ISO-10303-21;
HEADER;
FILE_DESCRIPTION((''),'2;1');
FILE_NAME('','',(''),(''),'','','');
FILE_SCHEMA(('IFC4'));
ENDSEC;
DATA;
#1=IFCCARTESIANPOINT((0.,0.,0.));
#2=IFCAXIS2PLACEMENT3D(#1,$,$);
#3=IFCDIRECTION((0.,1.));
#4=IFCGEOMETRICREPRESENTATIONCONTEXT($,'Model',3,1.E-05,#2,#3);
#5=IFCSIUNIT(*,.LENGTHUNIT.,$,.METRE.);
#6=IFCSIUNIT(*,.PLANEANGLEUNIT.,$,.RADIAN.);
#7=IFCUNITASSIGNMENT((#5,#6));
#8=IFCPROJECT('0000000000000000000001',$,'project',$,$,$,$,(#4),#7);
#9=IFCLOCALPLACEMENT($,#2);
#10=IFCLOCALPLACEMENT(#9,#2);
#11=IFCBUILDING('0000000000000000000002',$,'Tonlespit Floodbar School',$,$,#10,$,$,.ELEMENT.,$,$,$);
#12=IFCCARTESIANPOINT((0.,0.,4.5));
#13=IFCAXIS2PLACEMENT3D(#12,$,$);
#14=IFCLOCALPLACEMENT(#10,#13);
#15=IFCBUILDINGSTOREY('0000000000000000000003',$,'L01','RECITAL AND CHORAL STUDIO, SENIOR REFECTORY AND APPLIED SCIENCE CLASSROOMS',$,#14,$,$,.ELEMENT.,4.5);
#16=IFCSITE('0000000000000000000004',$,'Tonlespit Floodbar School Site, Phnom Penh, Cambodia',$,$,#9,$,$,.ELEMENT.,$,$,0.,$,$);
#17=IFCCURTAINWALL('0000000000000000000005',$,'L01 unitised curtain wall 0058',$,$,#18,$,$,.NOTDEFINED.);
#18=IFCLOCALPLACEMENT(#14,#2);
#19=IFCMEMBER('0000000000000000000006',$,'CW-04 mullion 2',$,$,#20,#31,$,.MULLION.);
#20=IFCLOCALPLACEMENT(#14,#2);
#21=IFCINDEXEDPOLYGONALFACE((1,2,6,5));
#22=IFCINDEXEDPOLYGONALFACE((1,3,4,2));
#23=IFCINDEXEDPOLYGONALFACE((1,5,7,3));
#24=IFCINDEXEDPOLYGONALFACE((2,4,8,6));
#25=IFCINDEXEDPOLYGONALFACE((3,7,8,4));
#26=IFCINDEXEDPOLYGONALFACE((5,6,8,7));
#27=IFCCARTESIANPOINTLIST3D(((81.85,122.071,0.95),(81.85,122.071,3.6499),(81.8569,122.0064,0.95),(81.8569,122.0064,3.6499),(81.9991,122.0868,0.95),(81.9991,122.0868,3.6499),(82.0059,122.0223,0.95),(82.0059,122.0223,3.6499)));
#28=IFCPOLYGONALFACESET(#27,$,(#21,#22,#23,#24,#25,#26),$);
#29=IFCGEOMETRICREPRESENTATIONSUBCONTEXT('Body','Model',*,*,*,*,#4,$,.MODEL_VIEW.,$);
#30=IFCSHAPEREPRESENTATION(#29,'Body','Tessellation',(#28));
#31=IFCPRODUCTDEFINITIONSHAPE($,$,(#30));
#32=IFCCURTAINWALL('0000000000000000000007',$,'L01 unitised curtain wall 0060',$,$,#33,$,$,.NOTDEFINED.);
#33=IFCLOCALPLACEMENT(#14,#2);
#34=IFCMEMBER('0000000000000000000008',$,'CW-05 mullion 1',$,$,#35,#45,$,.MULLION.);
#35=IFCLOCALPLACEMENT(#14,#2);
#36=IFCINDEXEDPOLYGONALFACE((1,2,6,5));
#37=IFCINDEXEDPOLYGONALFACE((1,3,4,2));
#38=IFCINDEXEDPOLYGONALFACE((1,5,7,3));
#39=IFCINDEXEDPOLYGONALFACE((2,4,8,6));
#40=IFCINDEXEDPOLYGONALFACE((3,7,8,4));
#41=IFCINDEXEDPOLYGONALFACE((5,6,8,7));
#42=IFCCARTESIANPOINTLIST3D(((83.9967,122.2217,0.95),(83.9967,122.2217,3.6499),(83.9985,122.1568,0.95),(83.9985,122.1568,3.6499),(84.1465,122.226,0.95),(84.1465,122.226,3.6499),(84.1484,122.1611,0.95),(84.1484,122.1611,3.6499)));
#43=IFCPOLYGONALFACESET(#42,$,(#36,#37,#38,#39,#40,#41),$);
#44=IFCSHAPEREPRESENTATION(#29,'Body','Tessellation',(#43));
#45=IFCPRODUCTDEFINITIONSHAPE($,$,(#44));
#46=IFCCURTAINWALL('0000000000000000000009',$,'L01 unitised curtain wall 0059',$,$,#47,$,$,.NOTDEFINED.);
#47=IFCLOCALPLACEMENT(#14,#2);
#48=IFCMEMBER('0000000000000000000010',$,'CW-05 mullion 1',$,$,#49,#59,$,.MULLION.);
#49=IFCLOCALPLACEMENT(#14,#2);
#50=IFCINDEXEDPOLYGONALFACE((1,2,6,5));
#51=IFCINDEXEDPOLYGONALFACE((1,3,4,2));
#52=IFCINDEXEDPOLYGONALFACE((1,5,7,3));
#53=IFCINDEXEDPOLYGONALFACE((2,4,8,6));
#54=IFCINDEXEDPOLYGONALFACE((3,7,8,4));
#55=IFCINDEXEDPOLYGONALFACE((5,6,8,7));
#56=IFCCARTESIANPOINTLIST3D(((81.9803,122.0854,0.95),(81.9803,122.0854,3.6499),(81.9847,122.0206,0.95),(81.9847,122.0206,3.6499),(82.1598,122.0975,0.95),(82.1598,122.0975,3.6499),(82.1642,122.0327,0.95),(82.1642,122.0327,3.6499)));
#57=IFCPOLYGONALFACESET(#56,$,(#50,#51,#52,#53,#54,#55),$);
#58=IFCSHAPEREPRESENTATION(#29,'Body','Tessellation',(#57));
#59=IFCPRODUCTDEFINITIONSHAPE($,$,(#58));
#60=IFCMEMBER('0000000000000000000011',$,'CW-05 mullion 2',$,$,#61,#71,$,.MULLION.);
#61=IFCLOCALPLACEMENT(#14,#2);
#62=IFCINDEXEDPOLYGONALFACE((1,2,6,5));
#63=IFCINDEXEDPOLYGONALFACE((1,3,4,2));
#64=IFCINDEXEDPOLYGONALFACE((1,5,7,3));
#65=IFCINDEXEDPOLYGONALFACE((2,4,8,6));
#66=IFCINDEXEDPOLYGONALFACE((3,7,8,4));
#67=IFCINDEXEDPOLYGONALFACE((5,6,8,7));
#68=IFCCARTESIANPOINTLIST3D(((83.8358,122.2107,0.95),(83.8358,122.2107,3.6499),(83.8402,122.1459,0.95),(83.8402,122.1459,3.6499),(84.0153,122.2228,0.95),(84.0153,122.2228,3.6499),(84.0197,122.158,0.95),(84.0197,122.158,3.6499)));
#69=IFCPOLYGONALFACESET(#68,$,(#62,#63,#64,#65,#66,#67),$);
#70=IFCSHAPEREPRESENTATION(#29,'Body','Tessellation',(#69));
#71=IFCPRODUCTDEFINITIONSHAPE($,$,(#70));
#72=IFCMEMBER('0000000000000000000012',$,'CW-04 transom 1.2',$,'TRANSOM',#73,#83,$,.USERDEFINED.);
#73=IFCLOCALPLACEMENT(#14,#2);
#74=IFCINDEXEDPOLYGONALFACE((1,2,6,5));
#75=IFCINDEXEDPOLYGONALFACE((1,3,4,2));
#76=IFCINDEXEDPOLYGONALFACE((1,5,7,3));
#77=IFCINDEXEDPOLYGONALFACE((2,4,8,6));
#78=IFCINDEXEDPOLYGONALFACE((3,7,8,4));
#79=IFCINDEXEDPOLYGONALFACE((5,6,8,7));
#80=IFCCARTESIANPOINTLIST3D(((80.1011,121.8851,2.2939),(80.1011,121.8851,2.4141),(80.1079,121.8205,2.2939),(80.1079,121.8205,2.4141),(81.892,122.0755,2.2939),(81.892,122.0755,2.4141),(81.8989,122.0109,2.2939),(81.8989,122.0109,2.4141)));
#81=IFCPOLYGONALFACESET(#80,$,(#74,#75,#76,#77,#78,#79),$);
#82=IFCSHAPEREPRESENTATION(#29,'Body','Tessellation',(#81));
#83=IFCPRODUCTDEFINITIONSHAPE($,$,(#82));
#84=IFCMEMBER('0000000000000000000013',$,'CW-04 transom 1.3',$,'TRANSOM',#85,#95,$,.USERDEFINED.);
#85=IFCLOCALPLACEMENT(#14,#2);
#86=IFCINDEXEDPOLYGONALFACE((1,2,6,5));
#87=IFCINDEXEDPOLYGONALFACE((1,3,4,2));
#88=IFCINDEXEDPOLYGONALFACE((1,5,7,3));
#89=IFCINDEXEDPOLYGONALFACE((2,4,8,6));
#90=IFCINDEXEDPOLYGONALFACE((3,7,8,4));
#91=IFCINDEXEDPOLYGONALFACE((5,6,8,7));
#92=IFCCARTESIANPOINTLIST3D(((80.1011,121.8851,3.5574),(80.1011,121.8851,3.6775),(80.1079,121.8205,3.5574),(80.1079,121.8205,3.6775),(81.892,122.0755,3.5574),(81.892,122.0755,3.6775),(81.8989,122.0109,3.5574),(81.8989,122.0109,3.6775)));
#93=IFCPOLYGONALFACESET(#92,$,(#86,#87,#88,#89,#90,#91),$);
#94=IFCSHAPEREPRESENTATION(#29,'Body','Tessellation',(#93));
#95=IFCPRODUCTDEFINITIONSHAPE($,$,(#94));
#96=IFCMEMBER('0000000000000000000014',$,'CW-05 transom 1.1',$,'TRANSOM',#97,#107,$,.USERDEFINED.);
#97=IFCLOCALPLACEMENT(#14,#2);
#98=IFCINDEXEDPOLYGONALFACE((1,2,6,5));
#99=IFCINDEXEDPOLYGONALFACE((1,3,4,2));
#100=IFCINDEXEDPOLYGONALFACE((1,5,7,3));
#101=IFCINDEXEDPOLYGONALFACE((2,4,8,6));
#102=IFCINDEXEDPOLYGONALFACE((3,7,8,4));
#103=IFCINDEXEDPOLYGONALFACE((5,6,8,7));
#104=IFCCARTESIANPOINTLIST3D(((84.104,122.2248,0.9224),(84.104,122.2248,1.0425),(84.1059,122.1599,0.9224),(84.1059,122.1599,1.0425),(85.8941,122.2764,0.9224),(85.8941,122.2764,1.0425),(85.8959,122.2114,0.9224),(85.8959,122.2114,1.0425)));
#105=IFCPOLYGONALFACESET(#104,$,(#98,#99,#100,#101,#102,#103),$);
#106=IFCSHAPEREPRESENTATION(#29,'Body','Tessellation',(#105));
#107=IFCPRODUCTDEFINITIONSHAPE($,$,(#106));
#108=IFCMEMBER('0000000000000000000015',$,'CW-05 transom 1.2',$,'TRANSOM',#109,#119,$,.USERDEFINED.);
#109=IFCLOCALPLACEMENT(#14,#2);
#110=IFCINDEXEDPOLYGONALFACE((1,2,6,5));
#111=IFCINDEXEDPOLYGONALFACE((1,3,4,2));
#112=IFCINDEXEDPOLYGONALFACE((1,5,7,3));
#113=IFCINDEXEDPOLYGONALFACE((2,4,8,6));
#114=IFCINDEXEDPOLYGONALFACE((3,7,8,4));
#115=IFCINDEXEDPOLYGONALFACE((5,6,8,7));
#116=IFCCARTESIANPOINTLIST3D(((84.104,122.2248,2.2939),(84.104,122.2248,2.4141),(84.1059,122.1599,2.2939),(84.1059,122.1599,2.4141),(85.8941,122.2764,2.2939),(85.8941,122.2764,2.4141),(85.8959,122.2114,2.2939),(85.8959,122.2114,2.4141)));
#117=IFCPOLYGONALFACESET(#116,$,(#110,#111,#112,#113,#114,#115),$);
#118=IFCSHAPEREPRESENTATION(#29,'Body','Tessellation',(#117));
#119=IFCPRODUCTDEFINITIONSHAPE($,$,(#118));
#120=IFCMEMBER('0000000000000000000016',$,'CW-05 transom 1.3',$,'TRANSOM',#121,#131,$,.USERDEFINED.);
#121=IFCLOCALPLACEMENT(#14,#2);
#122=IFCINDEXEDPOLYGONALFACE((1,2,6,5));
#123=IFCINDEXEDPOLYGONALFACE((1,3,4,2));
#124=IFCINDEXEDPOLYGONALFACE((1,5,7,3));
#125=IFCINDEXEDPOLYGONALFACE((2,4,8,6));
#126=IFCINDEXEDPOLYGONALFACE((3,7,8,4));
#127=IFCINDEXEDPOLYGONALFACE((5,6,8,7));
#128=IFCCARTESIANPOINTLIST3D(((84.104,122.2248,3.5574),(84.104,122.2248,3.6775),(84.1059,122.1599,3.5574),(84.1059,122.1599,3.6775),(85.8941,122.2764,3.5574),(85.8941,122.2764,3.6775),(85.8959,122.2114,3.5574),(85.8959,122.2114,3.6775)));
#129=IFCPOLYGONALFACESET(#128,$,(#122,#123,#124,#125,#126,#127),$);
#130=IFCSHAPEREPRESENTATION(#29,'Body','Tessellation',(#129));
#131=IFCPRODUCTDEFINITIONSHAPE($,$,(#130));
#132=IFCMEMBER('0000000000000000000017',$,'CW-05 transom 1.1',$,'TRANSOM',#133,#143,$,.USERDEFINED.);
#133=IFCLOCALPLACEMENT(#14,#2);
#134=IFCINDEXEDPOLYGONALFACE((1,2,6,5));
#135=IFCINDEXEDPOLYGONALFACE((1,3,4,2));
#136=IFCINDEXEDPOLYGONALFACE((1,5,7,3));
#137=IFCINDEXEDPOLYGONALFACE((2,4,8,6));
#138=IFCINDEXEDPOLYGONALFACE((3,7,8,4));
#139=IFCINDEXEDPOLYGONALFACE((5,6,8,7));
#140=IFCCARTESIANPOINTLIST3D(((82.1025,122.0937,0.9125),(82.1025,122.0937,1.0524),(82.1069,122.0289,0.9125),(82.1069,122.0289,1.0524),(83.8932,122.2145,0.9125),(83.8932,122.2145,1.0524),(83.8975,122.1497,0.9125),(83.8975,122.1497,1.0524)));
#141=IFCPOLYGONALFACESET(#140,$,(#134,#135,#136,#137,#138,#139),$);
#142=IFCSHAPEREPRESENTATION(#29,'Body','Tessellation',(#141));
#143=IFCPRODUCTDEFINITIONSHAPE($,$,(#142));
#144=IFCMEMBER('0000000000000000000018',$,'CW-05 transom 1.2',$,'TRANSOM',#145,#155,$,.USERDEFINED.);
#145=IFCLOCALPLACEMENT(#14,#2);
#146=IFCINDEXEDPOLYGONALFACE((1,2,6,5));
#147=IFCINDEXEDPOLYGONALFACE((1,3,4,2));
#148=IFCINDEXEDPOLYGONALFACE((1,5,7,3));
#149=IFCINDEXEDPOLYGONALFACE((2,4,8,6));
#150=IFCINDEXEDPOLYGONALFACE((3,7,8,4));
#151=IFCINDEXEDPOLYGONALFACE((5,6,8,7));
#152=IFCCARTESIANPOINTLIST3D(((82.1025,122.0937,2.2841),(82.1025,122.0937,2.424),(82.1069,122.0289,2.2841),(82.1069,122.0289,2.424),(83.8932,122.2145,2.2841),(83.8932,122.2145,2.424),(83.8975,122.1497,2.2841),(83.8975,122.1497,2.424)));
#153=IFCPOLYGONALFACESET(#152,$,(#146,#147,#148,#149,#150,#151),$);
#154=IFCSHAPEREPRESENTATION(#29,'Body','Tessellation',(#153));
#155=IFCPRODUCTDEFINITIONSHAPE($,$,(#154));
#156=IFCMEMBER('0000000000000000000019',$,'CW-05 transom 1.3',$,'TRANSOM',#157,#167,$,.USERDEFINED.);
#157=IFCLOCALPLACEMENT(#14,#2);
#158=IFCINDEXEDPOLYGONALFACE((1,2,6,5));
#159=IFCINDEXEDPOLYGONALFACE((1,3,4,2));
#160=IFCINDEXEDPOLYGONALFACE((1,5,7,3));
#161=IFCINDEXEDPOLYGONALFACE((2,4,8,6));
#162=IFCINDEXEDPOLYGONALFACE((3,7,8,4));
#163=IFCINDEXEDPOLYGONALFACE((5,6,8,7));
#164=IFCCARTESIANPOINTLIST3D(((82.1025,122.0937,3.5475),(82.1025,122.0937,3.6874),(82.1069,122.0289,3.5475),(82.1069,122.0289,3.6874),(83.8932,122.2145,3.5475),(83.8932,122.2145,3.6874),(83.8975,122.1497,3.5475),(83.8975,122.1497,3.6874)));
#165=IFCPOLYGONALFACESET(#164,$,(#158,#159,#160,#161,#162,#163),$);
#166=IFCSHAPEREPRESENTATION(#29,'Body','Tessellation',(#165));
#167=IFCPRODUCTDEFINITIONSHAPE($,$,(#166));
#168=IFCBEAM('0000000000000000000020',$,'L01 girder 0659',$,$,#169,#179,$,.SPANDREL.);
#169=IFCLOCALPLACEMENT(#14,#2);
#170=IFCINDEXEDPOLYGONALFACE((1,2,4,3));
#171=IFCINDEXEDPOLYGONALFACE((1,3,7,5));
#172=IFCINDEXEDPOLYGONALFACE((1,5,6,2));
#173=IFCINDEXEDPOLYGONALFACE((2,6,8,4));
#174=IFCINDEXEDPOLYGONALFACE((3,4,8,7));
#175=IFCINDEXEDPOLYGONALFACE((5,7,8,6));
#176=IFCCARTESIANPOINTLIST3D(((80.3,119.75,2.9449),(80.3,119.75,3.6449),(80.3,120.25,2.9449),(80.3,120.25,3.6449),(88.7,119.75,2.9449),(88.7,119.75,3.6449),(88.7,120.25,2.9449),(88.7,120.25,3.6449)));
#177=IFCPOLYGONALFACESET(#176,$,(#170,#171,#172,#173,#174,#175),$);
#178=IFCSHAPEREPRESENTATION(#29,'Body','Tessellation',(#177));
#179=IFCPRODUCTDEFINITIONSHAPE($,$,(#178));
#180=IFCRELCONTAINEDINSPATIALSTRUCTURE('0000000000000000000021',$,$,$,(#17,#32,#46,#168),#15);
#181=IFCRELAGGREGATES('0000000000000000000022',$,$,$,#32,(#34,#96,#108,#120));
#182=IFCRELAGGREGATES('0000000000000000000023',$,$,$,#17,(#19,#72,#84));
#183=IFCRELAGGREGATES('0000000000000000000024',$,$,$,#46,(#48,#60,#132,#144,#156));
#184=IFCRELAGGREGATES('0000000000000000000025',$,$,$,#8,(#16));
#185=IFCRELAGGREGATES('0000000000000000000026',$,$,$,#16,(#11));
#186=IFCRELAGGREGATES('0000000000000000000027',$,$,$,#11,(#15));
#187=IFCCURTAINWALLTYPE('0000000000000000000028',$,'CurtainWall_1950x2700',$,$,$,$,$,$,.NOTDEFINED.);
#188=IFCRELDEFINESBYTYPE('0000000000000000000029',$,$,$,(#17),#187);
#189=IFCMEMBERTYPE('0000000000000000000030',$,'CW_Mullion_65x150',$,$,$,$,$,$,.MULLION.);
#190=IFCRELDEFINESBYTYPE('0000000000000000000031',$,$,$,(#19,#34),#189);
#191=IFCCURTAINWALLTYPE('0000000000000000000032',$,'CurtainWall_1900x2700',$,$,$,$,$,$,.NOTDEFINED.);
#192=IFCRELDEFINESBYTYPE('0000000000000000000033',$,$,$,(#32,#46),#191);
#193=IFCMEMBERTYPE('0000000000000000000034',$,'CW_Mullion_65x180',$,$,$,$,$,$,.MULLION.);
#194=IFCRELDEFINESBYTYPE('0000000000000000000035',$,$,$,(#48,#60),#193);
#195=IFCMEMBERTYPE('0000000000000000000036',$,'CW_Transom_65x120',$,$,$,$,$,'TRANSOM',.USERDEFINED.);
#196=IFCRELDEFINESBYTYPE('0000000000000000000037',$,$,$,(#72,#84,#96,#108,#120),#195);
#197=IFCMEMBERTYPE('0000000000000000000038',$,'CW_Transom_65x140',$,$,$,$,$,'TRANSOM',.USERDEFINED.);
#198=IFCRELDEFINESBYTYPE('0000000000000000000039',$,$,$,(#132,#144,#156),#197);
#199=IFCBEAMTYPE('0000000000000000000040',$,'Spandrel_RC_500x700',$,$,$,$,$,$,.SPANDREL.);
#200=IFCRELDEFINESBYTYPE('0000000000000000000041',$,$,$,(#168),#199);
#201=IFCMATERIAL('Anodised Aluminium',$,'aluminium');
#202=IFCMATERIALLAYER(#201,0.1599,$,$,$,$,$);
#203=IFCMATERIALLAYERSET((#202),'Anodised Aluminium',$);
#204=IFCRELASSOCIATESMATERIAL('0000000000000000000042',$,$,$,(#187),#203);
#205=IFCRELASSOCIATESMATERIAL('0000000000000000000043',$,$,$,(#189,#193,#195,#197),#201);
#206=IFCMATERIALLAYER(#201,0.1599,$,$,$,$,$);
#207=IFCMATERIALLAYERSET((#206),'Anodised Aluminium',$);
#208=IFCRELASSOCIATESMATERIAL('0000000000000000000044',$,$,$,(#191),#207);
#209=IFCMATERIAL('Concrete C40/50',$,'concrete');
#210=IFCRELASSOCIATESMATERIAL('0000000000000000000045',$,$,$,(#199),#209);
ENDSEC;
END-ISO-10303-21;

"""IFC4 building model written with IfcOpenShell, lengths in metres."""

from ifc_helpers import new_model, si_unit, direction, frame, origin, origin_2d, place, context, subcontext, project, spatial, rectangle, extrude, material, layer, layer_set, material_profile, profile_set, type_object, element, aggregate, save


model = new_model("IFC4")

# Units and contexts
model_context = context("Model", 3, precision=1e-05, world=origin(), true_north=direction((0.0, 1.0)))
body_context = subcontext(model_context, "Body", "Model", "MODEL_VIEW")
ifc_project = project(units=[si_unit("LENGTHUNIT", "METRE"), si_unit("PLANEANGLEUNIT", "RADIAN")], contexts=[model_context])

# Site, building, storey
site_placement = place(None, origin())
site = spatial("IfcSite", under=ifc_project, at=site_placement, Name="Tonlespit Floodbar School Site, Phnom Penh, Cambodia", CompositionType="ELEMENT", RefElevation=0.0)
building_placement = place(site_placement, origin())
building = spatial("IfcBuilding", under=site, at=building_placement, Name="Tonlespit Floodbar School", CompositionType="ELEMENT")
storey_placement = place(building_placement, frame((0.0, 0.0, 4.5)))
storey = spatial("IfcBuildingStorey", under=building, at=storey_placement, Name="L01", Description="RECITAL AND CHORAL STUDIO, SENIOR REFECTORY AND APPLIED SCIENCE CLASSROOMS", CompositionType="ELEMENT", Elevation=4.5)

# Curtain walls, members
ifc_material_1 = material(Name="Anodised Aluminium", Category="aluminium")
ifc_layer_1 = layer(ifc_material_1, 0.1599)
ifc_layer_set_1 = layer_set([ifc_layer_1], Name="Anodised Aluminium")
curtain_wall_type_1 = type_object("IfcCurtainWallType", Name="CurtainWall_1950x2700", PredefinedType="NOTDEFINED", material=ifc_layer_set_1)
curtain_wall_1_placement = place(storey_placement, origin())
curtain_wall_1 = element("IfcCurtainWall", 1, at=curtain_wall_1_placement, inside=storey, type_object=curtain_wall_type_1, Name="L01 unitised curtain wall 0058", PredefinedType="NOTDEFINED")
ifc_material_profile_1 = material_profile(ifc_material_1, rectangle(XDim=0.0649, YDim=0.1499, at=origin_2d()), Name="ALU M65x150")
ifc_profile_set_1 = profile_set([ifc_material_profile_1], Name="Anodised Aluminium")
member_type_1 = type_object("IfcMemberType", Name="CW_Mullion_65x150", PredefinedType="MULLION", material=ifc_profile_set_1)
member_1_placement = place(storey_placement, frame((81.928, 122.0466, 0.95), z_axis=(0.0, 0.0, 1.0), x_axis=(-0.105787, 0.994389, 0.0)))
member_1 = element("IfcMember", 2, at=member_1_placement, type_object=member_type_1, Name="CW-04 mullion 2", PredefinedType="MULLION", context=body_context, shape_type="SweptSolid", body=[
    extrude(rectangle(XDim=0.0649, YDim=0.1499, at=origin_2d()), origin(), (0.0, 0.0, 1.0), 2.7),
])
ifc_layer_2 = layer(ifc_material_1, 0.1599)
ifc_layer_set_2 = layer_set([ifc_layer_2], Name="Anodised Aluminium")
curtain_wall_type_2 = type_object("IfcCurtainWallType", Name="CurtainWall_1900x2700", PredefinedType="NOTDEFINED", material=ifc_layer_set_2)
curtain_wall_2_placement = place(storey_placement, origin())
curtain_wall_2 = element("IfcCurtainWall", 3, at=curtain_wall_2_placement, inside=storey, type_object=curtain_wall_type_2, Name="L01 unitised curtain wall 0060", PredefinedType="NOTDEFINED")
member_2_placement = place(storey_placement, frame((84.0725, 122.1914, 0.95), z_axis=(0.0, 0.0, 1.0), x_axis=(-0.02879, 0.999585, 0.0)))
member_2 = element("IfcMember", 4, at=member_2_placement, type_object=member_type_1, Name="CW-05 mullion 1", PredefinedType="MULLION", context=body_context, shape_type="SweptSolid", body=[
    extrude(rectangle(XDim=0.0649, YDim=0.1499, at=origin_2d()), origin(), (0.0, 0.0, 1.0), 2.7),
])

# Curtain wall, members
curtain_wall_3_placement = place(storey_placement, origin())
curtain_wall_3 = element("IfcCurtainWall", 5, at=curtain_wall_3_placement, inside=storey, type_object=curtain_wall_type_2, Name="L01 unitised curtain wall 0059", PredefinedType="NOTDEFINED")
ifc_material_profile_2 = material_profile(ifc_material_1, rectangle(XDim=0.0649, YDim=0.1799, at=origin_2d()), Name="ALU M65x180")
ifc_profile_set_2 = profile_set([ifc_material_profile_2], Name="Anodised Aluminium")
member_type_2 = type_object("IfcMemberType", Name="CW_Mullion_65x180", PredefinedType="MULLION", material=ifc_profile_set_2)
member_3_placement = place(storey_placement, frame((82.0723, 122.0591, 0.95), z_axis=(0.0, 0.0, 1.0), x_axis=(-0.06734, 0.99773, 0.0)))
member_3 = element("IfcMember", 6, at=member_3_placement, type_object=member_type_2, Name="CW-05 mullion 1", PredefinedType="MULLION", context=body_context, shape_type="SweptSolid", body=[
    extrude(rectangle(XDim=0.0649, YDim=0.1799, at=origin_2d()), origin(), (0.0, 0.0, 1.0), 2.7),
])
member_4_placement = place(storey_placement, frame((83.9277, 122.1843, 0.95), z_axis=(0.0, 0.0, 1.0), x_axis=(-0.06734, 0.99773, 0.0)))
member_4 = element("IfcMember", 7, at=member_4_placement, type_object=member_type_2, Name="CW-05 mullion 2", PredefinedType="MULLION", context=body_context, shape_type="SweptSolid", body=[
    extrude(rectangle(XDim=0.0649, YDim=0.1799, at=origin_2d()), origin(), (0.0, 0.0, 1.0), 2.7),
])

# Members
ifc_material_profile_3 = material_profile(ifc_material_1, rectangle(XDim=0.0649, YDim=0.1201, at=origin_2d()), Name="ALU T65x120")
ifc_profile_set_3 = profile_set([ifc_material_profile_3], Name="Anodised Aluminium")
member_type_3 = type_object("IfcMemberType", Name="CW_Transom_65x120", ElementType="TRANSOM", PredefinedType="USERDEFINED", material=ifc_profile_set_3)
member_5_placement = place(storey_placement, frame((80.1045, 121.8528, 2.354), z_axis=(0.994395, 0.105729, 0.0), x_axis=(-0.105729, 0.994395, 0.0)))
member_5 = element("IfcMember", 8, at=member_5_placement, type_object=member_type_3, Name="CW-04 transom 1.2", ObjectType="TRANSOM", PredefinedType="USERDEFINED", context=body_context, shape_type="SweptSolid", body=[
    extrude(rectangle(XDim=0.0649, YDim=0.1201, at=origin_2d()), origin(), (0.0, 0.0, 1.0), 1.801),
])
member_6_placement = place(storey_placement, frame((80.1045, 121.8528, 3.6174), z_axis=(0.994395, 0.105729, 0.0), x_axis=(-0.105729, 0.994395, 0.0)))
member_6 = element("IfcMember", 9, at=member_6_placement, type_object=member_type_3, Name="CW-04 transom 1.3", ObjectType="TRANSOM", PredefinedType="USERDEFINED", context=body_context, shape_type="SweptSolid", body=[
    extrude(rectangle(XDim=0.0649, YDim=0.1201, at=origin_2d()), origin(), (0.0, 0.0, 1.0), 1.801),
])
member_7_placement = place(storey_placement, frame((84.105, 122.1924, 0.9824), z_axis=(0.999586, 0.028766, 0.0), x_axis=(-0.028766, 0.999586, 0.0)))
member_7 = element("IfcMember", 10, at=member_7_placement, type_object=member_type_3, Name="CW-05 transom 1.1", ObjectType="TRANSOM", PredefinedType="USERDEFINED", context=body_context, shape_type="SweptSolid", body=[
    extrude(rectangle(XDim=0.0649, YDim=0.1201, at=origin_2d()), origin(), (0.0, 0.0, 1.0), 1.7908),
])
member_8_placement = place(storey_placement, frame((84.105, 122.1924, 2.354), z_axis=(0.999586, 0.028766, 0.0), x_axis=(-0.028766, 0.999586, 0.0)))
member_8 = element("IfcMember", 11, at=member_8_placement, type_object=member_type_3, Name="CW-05 transom 1.2", ObjectType="TRANSOM", PredefinedType="USERDEFINED", context=body_context, shape_type="SweptSolid", body=[
    extrude(rectangle(XDim=0.0649, YDim=0.1201, at=origin_2d()), origin(), (0.0, 0.0, 1.0), 1.7908),
])
member_9_placement = place(storey_placement, frame((84.105, 122.1924, 3.6174), z_axis=(0.999586, 0.028766, 0.0), x_axis=(-0.028766, 0.999586, 0.0)))
member_9 = element("IfcMember", 12, at=member_9_placement, type_object=member_type_3, Name="CW-05 transom 1.3", ObjectType="TRANSOM", PredefinedType="USERDEFINED", context=body_context, shape_type="SweptSolid", body=[
    extrude(rectangle(XDim=0.0649, YDim=0.1201, at=origin_2d()), origin(), (0.0, 0.0, 1.0), 1.7908),
])
aggregate(curtain_wall_2, [member_2, member_7, member_8, member_9])
ifc_material_profile_4 = material_profile(ifc_material_1, rectangle(XDim=0.0649, YDim=0.1399, at=origin_2d()), Name="ALU T65x140")
ifc_profile_set_4 = profile_set([ifc_material_profile_4], Name="Anodised Aluminium")
member_type_4 = type_object("IfcMemberType", Name="CW_Transom_65x140", ElementType="TRANSOM", PredefinedType="USERDEFINED", material=ifc_profile_set_4)
member_10_placement = place(storey_placement, frame((82.1047, 122.0613, 0.9824), z_axis=(0.99773, 0.067341, 0.0), x_axis=(-0.067341, 0.99773, 0.0)))
member_10 = element("IfcMember", 13, at=member_10_placement, type_object=member_type_4, Name="CW-05 transom 1.1", ObjectType="TRANSOM", PredefinedType="USERDEFINED", context=body_context, shape_type="SweptSolid", body=[
    extrude(rectangle(XDim=0.0649, YDim=0.1399, at=origin_2d()), origin(), (0.0, 0.0, 1.0), 1.7947),
])
member_11_placement = place(storey_placement, frame((82.1047, 122.0613, 2.354), z_axis=(0.99773, 0.067341, 0.0), x_axis=(-0.067341, 0.99773, 0.0)))
member_11 = element("IfcMember", 14, at=member_11_placement, type_object=member_type_4, Name="CW-05 transom 1.2", ObjectType="TRANSOM", PredefinedType="USERDEFINED", context=body_context, shape_type="SweptSolid", body=[
    extrude(rectangle(XDim=0.0649, YDim=0.1399, at=origin_2d()), origin(), (0.0, 0.0, 1.0), 1.7947),
])
member_12_placement = place(storey_placement, frame((82.1047, 122.0613, 3.6174), z_axis=(0.99773, 0.067341, 0.0), x_axis=(-0.067341, 0.99773, 0.0)))
member_12 = element("IfcMember", 15, at=member_12_placement, type_object=member_type_4, Name="CW-05 transom 1.3", ObjectType="TRANSOM", PredefinedType="USERDEFINED", context=body_context, shape_type="SweptSolid", body=[
    extrude(rectangle(XDim=0.0649, YDim=0.1399, at=origin_2d()), origin(), (0.0, 0.0, 1.0), 1.7947),
])

# Beam
ifc_material_2 = material(Name="Concrete C40/50", Category="concrete")
ifc_material_profile_5 = material_profile(ifc_material_2, rectangle(XDim=0.5, YDim=0.7, at=origin_2d()), Name="RC 500x700")
ifc_profile_set_5 = profile_set([ifc_material_profile_5], Name="Concrete C40/50")
beam_type = type_object("IfcBeamType", Name="Spandrel_RC_500x700", PredefinedType="SPANDREL", material=ifc_profile_set_5)
beam_placement = place(storey_placement, frame((80.3, 120.0, 3.2949), z_axis=(1.0, 0.0, 0.0), x_axis=(0.0, 1.0, 0.0)))
element("IfcBeam", 16, at=beam_placement, inside=storey, type_object=beam_type, Name="L01 girder 0659", PredefinedType="SPANDREL", context=body_context, shape_type="SweptSolid", body=[
    extrude(rectangle(XDim=0.5, YDim=0.7, at=origin_2d()), origin(), (0.0, 0.0, 1.0), 8.3999),
])

aggregate(curtain_wall_1, [member_1, member_5, member_6])
aggregate(curtain_wall_3, [member_3, member_4, member_10, member_11, member_12])

save(model, "model.ifc")
